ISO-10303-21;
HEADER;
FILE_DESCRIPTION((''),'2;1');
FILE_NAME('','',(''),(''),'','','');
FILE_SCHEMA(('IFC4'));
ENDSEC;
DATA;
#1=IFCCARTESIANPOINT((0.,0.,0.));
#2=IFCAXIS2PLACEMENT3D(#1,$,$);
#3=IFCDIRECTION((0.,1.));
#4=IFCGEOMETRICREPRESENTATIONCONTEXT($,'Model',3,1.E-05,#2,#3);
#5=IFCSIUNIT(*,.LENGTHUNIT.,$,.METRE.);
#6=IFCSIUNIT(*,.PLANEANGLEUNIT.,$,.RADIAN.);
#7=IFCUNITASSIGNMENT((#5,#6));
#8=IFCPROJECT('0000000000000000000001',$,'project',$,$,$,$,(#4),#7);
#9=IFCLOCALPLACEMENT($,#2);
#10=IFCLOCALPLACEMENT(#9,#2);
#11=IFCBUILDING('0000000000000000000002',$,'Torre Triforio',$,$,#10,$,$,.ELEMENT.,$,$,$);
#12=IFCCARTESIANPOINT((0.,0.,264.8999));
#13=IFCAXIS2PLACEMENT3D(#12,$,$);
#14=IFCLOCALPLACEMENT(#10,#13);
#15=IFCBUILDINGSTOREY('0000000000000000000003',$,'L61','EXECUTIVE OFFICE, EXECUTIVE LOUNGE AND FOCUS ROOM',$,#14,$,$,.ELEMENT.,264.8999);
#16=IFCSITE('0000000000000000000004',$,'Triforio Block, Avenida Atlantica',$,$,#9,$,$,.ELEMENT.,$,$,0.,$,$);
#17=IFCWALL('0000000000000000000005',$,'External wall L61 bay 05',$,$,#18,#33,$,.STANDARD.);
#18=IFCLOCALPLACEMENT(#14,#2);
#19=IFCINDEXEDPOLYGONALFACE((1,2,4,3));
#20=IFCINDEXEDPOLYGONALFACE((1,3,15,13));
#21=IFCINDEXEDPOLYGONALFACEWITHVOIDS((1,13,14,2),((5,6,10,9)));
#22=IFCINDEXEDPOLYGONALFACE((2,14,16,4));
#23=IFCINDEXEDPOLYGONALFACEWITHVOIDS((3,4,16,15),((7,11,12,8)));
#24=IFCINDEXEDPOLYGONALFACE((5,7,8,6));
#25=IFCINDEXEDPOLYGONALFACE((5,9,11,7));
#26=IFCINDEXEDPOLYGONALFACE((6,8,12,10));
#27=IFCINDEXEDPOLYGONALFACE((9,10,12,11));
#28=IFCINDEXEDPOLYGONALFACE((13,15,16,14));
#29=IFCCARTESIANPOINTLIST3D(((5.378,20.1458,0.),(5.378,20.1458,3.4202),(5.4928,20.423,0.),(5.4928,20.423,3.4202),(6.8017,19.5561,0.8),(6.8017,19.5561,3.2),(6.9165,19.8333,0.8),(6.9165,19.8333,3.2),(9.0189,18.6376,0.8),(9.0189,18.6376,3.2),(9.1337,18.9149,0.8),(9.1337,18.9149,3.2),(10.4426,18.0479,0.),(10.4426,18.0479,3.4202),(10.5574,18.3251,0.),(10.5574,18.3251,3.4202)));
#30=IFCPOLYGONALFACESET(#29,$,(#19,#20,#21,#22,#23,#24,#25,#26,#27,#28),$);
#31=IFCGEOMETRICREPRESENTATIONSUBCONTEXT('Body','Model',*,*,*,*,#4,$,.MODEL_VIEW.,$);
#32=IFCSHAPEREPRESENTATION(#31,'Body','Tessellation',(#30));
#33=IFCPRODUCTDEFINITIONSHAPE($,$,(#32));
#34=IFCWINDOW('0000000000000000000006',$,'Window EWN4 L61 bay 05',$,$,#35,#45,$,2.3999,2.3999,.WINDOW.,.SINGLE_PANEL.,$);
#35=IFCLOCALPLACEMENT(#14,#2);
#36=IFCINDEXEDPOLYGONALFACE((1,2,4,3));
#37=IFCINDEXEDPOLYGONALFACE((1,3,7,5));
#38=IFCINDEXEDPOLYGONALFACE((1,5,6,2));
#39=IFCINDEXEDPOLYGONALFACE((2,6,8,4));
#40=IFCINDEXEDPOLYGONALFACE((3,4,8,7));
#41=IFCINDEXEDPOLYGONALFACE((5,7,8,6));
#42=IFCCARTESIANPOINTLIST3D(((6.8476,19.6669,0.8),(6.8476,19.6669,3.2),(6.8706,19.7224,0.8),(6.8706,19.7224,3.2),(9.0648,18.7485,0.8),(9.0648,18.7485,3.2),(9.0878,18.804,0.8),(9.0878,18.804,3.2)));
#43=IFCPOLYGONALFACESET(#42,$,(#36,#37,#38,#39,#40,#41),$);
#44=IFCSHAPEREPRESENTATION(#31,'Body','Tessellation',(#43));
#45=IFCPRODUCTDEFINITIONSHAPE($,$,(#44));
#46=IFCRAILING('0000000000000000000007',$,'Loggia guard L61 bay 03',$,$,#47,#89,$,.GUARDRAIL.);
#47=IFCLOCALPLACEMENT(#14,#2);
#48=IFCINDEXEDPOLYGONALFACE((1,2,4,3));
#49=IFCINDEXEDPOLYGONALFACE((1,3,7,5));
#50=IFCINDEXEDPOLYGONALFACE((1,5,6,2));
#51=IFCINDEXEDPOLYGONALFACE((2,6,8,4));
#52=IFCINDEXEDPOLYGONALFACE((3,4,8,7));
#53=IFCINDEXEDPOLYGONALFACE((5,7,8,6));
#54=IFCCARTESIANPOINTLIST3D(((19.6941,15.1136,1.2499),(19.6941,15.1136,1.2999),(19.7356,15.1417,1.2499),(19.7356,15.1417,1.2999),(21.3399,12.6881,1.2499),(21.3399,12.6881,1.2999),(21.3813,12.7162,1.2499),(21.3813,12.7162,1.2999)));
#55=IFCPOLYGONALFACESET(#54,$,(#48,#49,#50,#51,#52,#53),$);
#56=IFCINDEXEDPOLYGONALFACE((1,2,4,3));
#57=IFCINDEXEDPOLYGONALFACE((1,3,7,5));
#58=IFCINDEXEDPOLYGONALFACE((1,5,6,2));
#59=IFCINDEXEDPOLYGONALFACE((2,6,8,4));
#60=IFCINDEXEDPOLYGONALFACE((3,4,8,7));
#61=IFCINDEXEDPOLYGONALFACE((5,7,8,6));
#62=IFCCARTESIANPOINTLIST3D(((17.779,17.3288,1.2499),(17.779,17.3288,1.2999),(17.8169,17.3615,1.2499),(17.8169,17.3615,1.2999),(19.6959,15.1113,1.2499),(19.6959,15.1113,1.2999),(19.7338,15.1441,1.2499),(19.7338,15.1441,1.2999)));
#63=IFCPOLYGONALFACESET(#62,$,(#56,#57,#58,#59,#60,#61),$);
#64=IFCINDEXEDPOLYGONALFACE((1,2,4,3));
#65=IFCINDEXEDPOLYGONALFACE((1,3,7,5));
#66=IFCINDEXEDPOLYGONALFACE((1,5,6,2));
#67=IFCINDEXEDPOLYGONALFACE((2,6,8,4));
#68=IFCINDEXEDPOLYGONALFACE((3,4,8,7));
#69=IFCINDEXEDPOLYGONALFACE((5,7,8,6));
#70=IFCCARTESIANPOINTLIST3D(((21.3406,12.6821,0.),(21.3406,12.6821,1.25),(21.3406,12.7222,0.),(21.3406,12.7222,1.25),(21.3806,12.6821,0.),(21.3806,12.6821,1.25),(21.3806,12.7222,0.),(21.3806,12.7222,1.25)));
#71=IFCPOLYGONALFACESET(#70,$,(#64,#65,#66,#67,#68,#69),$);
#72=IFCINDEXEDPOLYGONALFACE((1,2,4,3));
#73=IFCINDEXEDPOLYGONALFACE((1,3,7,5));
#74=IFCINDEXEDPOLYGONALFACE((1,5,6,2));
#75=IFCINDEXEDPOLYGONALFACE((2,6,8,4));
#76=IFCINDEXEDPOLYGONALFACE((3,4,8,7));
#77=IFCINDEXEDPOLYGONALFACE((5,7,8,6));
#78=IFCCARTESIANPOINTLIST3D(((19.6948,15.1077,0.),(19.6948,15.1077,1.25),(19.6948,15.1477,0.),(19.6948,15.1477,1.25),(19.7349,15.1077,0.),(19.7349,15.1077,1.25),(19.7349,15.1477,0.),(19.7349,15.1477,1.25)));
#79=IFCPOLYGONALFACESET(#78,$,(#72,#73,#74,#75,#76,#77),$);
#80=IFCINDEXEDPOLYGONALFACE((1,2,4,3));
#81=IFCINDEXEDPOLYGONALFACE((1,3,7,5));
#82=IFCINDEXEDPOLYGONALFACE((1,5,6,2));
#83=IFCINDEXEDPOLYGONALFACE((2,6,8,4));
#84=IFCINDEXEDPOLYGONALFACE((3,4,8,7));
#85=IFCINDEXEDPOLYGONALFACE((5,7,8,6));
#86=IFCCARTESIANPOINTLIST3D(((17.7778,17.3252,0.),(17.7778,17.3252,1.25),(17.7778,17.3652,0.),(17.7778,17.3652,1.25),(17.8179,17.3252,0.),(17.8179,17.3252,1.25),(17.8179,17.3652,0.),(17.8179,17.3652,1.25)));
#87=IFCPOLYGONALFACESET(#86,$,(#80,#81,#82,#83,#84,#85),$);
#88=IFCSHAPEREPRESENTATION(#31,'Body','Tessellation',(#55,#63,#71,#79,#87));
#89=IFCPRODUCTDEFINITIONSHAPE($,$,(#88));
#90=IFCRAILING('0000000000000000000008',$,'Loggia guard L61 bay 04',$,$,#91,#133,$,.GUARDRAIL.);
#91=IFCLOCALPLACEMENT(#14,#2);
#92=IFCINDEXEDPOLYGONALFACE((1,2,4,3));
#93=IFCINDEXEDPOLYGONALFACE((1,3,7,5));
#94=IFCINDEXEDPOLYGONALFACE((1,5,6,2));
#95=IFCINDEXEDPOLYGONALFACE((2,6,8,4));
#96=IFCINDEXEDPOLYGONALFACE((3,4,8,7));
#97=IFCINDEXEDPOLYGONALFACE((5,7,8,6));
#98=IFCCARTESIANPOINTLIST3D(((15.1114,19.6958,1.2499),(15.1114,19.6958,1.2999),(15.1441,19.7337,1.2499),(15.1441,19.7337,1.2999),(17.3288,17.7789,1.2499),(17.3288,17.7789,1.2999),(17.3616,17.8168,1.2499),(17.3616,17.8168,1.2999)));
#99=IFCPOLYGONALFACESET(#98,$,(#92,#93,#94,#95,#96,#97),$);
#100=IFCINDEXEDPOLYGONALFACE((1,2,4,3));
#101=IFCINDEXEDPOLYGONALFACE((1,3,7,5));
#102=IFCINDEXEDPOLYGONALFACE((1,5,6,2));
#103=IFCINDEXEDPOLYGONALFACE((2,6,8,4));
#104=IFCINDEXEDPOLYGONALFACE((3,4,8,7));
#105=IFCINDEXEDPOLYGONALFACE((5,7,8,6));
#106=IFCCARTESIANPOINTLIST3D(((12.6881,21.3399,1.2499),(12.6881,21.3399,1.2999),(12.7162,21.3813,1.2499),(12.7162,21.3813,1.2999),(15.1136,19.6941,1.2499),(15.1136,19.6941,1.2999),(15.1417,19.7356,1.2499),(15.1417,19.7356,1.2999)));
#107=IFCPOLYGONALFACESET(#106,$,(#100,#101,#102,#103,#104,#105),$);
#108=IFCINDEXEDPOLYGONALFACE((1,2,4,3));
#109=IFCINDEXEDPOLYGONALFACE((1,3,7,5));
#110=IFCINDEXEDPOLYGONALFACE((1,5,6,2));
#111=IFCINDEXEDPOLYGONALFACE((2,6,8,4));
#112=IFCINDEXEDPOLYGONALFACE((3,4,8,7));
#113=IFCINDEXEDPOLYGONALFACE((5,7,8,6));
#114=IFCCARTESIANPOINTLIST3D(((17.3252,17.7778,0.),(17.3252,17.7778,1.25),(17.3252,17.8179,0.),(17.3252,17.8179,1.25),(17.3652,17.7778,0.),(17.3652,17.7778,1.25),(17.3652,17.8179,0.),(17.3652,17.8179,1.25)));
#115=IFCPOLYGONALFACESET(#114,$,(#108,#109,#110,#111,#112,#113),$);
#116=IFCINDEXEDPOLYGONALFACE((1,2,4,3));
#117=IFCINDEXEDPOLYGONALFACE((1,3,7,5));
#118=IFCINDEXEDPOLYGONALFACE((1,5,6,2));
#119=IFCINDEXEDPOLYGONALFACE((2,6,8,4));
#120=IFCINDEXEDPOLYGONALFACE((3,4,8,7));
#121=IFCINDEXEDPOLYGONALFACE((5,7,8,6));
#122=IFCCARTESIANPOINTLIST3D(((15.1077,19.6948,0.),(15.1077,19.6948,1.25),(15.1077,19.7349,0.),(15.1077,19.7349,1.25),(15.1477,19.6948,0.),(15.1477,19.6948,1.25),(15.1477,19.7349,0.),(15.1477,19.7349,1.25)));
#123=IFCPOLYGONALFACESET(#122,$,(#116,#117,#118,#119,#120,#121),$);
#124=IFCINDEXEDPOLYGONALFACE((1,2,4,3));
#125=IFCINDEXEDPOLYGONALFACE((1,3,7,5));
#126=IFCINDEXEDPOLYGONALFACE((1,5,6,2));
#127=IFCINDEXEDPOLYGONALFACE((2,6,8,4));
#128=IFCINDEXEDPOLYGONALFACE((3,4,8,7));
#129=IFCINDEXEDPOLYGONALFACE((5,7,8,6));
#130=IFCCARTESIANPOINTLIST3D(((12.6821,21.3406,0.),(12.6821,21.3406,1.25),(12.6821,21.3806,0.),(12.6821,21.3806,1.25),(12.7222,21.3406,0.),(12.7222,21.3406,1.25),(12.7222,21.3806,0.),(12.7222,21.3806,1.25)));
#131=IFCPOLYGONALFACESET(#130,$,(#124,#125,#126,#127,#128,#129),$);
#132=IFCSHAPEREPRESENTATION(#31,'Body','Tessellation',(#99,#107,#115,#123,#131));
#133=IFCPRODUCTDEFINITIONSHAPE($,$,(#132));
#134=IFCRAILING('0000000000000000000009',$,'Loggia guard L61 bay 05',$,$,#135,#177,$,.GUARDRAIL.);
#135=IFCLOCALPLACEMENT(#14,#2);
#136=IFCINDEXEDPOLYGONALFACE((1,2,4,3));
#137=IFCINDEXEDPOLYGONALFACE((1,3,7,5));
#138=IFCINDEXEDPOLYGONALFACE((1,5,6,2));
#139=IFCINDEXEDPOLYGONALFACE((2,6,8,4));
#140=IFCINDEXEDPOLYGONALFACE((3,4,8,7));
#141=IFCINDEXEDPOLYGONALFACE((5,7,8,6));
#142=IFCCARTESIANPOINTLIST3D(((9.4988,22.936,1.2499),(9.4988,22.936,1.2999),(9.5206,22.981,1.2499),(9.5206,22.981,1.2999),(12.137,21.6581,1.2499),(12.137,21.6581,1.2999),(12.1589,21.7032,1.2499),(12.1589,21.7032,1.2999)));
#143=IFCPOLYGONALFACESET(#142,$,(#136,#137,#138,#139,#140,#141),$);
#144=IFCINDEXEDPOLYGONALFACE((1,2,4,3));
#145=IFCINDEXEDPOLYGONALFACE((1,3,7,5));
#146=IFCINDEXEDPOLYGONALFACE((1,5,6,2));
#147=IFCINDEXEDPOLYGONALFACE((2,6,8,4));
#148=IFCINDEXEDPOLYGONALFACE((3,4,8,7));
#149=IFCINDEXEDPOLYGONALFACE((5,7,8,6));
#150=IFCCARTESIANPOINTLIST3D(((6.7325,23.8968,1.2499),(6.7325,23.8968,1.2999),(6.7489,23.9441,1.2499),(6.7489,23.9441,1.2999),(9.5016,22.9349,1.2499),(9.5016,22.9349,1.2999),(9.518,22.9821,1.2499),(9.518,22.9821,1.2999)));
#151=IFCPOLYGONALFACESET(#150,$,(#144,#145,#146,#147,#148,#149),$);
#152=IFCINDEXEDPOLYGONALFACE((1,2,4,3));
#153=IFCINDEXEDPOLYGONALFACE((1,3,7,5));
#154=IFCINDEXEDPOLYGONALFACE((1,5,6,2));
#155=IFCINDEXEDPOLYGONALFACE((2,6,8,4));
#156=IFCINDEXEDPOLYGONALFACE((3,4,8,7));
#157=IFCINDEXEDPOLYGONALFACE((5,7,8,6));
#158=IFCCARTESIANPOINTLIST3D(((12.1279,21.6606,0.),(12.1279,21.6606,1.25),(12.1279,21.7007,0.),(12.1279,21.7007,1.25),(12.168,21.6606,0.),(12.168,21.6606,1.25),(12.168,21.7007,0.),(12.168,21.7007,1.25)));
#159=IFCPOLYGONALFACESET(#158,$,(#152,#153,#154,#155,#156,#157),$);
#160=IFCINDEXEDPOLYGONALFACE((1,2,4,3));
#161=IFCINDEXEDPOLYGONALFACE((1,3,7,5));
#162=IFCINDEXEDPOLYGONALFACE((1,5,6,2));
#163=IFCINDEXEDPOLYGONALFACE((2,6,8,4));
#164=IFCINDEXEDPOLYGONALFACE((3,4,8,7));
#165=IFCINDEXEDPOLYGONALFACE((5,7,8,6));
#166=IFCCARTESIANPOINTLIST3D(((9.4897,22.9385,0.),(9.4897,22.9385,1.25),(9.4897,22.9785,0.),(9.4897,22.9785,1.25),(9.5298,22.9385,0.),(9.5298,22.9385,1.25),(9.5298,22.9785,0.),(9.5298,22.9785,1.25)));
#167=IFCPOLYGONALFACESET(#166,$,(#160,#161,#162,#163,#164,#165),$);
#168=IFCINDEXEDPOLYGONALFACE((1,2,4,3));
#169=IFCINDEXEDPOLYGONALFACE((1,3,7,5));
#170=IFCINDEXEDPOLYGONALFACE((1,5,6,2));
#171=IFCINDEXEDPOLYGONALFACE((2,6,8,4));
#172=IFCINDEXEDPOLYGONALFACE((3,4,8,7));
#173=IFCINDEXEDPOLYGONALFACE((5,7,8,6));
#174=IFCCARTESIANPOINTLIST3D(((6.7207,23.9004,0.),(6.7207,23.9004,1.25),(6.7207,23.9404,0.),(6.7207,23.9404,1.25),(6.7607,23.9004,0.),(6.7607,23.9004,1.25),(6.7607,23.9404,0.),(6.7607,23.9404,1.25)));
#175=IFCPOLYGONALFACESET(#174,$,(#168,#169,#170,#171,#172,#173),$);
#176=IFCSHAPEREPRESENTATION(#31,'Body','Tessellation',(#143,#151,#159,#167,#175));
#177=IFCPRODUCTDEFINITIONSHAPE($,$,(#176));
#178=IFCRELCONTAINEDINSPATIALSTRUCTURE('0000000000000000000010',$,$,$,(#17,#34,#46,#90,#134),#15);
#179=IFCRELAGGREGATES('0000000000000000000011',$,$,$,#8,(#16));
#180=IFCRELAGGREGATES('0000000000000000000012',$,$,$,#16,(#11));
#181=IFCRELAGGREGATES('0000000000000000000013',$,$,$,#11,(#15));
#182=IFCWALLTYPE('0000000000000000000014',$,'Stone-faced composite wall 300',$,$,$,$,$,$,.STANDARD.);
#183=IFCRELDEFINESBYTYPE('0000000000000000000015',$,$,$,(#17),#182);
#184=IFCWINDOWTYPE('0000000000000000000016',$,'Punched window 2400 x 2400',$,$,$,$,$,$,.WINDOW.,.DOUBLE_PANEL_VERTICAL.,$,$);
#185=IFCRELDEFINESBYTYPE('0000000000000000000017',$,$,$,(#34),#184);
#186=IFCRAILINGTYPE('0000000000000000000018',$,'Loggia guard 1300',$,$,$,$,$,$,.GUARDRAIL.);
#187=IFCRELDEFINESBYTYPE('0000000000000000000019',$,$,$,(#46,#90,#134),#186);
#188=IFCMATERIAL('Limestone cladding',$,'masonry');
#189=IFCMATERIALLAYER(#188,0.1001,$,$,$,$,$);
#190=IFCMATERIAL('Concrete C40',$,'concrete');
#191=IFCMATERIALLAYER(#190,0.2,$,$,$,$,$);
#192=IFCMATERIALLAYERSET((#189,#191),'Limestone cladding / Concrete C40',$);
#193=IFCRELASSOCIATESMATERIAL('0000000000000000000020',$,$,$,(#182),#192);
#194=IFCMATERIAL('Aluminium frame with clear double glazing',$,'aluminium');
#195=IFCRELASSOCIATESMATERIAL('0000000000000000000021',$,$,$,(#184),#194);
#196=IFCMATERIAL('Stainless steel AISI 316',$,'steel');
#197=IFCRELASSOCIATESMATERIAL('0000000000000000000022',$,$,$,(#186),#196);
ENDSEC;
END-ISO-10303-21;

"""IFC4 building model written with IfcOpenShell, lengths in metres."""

from ifc_helpers import new_model, si_unit, direction, frame, frame_2d, origin, origin_2d, place, context, subcontext, project, spatial, rectangle, extrude, material, layer, layer_set, type_object, element, fill, save


model = new_model("IFC4")

# Units and contexts
model_context = context("Model", 3, precision=1e-05, world=origin(), true_north=direction((0.0, 1.0)))
body_context = subcontext(model_context, "Body", "Model", "MODEL_VIEW")
ifc_project = project(units=[si_unit("LENGTHUNIT", "METRE"), si_unit("PLANEANGLEUNIT", "RADIAN")], contexts=[model_context])

# Site, building, storey
site_placement = place(None, origin())
site = spatial("IfcSite", under=ifc_project, at=site_placement, Name="Triforio Block, Avenida Atlantica", CompositionType="ELEMENT", RefElevation=0.0)
building_placement = place(site_placement, origin())
building = spatial("IfcBuilding", under=site, at=building_placement, Name="Torre Triforio", CompositionType="ELEMENT")
storey_placement = place(building_placement, frame((0.0, 0.0, 264.8999)))
storey = spatial("IfcBuildingStorey", under=building, at=storey_placement, Name="L61", Description="EXECUTIVE OFFICE, EXECUTIVE LOUNGE AND FOCUS ROOM", CompositionType="ELEMENT", Elevation=264.8999)

# Shared definitions
ifc_material_1 = material(Name="Concrete C40", Category="concrete")

# Shared definitions
ifc_material_2 = material(Name="Limestone cladding", Category="masonry")

# Shared definitions
ifc_layer_1 = layer(ifc_material_2, 0.1001)
ifc_layer_2 = layer(ifc_material_1, 0.2)
ifc_layer_set_1 = layer_set([ifc_layer_1, ifc_layer_2], Name="Limestone cladding / Concrete C40")
wall_type_1 = type_object("IfcWallType", Name="Stone-faced composite wall 300", PredefinedType="STANDARD", material=ifc_layer_set_1)
ifc_material_3 = material(Name="Aluminium frame with clear double glazing", Category="aluminium")
window_type_1 = type_object("IfcWindowType", Name="Punched window 2400 x 2400", PartitioningType="DOUBLE_PANEL_VERTICAL", PredefinedType="WINDOW", material=ifc_material_3)

# Wall, opening, window
wall_1_placement = place(storey_placement, frame((10.5, 18.1865, 0.0), z_axis=(0.0, 0.0, 1.0), x_axis=(-0.923877, 0.382689, 0.0)))
wall_1 = element("IfcWall", 1, at=wall_1_placement, inside=storey, type_object=wall_type_1, Name="External wall L61 bay 05", PredefinedType="STANDARD", context=body_context, shape_type="SweptSolid", body=[
    extrude(rectangle(XDim=5.4819, YDim=0.3, at=frame_2d((2.741, 0.0))), origin(), (0.0, 0.0, 1.0), 3.4202),
])
opening_1_placement = place(wall_1_placement, frame((1.541, 0.0, 0.8)))
opening_1 = element("IfcOpeningElement", 2, at=opening_1_placement, cuts=wall_1, PredefinedType="OPENING", context=body_context, shape_type="SweptSolid", body=[
    extrude(rectangle(XDim=2.3999, YDim=2.3999, at=frame_2d((1.2, 1.2))), frame((0.0, 0.1599, 0.0), z_axis=(0.0, -1.0, 0.0), x_axis=(1.0, 0.0, 0.0)), (0.0, 0.0, 1.0), 0.3201),
])
window_1_placement = place(opening_1_placement, origin())
window_1 = element("IfcWindow", 3, at=window_1_placement, inside=storey, type_object=window_type_1, Name="Window EWN4 L61 bay 05", OverallHeight=2.3999, OverallWidth=2.3999, PartitioningType="SINGLE_PANEL", PredefinedType="WINDOW", context=body_context, shape_type="SweptSolid", body=[
    extrude(rectangle(XDim=2.3999, YDim=2.3999, at=frame_2d((1.2, 1.2))), frame((0.0, 0.03, 0.0), z_axis=(0.0, -1.0, 0.0), x_axis=(1.0, 0.0, 0.0)), (0.0, 0.0, 1.0), 0.0601),
])
fill(opening_1, window_1)

# Railings
ifc_material_4 = material(Name="Stainless steel AISI 316", Category="steel")
railing_type = type_object("IfcRailingType", Name="Loggia guard 1300", PredefinedType="GUARDRAIL", material=ifc_material_4)
railing_1_placement = place(storey_placement, frame((21.3606, 12.7021, 0.0)))
element("IfcRailing", 4, at=railing_1_placement, inside=storey, type_object=railing_type, Name="Loggia guard L61 bay 03", PredefinedType="GUARDRAIL", context=body_context, shape_type="SweptSolid", body=[
    extrude(rectangle(XDim=0.05, YDim=0.05, at=origin_2d()), frame((0.0, 0.0, 1.2749), z_axis=(-0.561467, 0.827499, 0.0), x_axis=(-0.827499, -0.561467, 0.0)), (0.0, 0.0, 1.0), 2.9312),
    extrude(rectangle(XDim=0.05, YDim=0.05, at=origin_2d()), frame((-1.6458, 2.4255, 1.2749), z_axis=(-0.653982, 0.75651, 0.0), x_axis=(-0.75651, -0.653982, 0.0)), (0.0, 0.0, 1.0), 2.9312),
    extrude(rectangle(XDim=0.04, YDim=0.04, at=origin_2d()), origin(), (0.0, 0.0, 1.0), 1.25),
    extrude(rectangle(XDim=0.04, YDim=0.04, at=origin_2d()), frame((-1.6458, 2.4255, 0.0)), (0.0, 0.0, 1.0), 1.25),
    extrude(rectangle(XDim=0.04, YDim=0.04, at=origin_2d()), frame((-3.5627, 4.6431, 0.0)), (0.0, 0.0, 1.0), 1.25),
])
railing_2_placement = place(storey_placement, frame((17.3452, 17.7979, 0.0)))
element("IfcRailing", 5, at=railing_2_placement, inside=storey, type_object=railing_type, Name="Loggia guard L61 bay 04", PredefinedType="GUARDRAIL", context=body_context, shape_type="SweptSolid", body=[
    extrude(rectangle(XDim=0.05, YDim=0.05, at=origin_2d()), frame((0.0, 0.0, 1.2749), z_axis=(-0.75651, 0.653982, 0.0), x_axis=(-0.653982, -0.75651, 0.0)), (0.0, 0.0, 1.0), 2.9312),
    extrude(rectangle(XDim=0.05, YDim=0.05, at=origin_2d()), frame((-2.2175, 1.917, 1.2749), z_axis=(-0.827499, 0.561467, 0.0), x_axis=(-0.561467, -0.827499, 0.0)), (0.0, 0.0, 1.0), 2.9312),
    extrude(rectangle(XDim=0.04, YDim=0.04, at=origin_2d()), origin(), (0.0, 0.0, 1.0), 1.25),
    extrude(rectangle(XDim=0.04, YDim=0.04, at=origin_2d()), frame((-2.2175, 1.917, 0.0)), (0.0, 0.0, 1.0), 1.25),
    extrude(rectangle(XDim=0.04, YDim=0.04, at=origin_2d()), frame((-4.6431, 3.5627, 0.0)), (0.0, 0.0, 1.0), 1.25),
])
railing_3_placement = place(storey_placement, frame((12.1479, 21.6807, 0.0)))
element("IfcRailing", 6, at=railing_3_placement, inside=storey, type_object=railing_type, Name="Loggia guard L61 bay 05", PredefinedType="GUARDRAIL", context=body_context, shape_type="SweptSolid", body=[
    extrude(rectangle(XDim=0.05, YDim=0.05, at=origin_2d()), frame((0.0, 0.0, 1.2749), z_axis=(-0.899986, 0.435918, 0.0), x_axis=(-0.435918, -0.899986, 0.0)), (0.0, 0.0, 1.0), 2.9314),
    extrude(rectangle(XDim=0.05, YDim=0.05, at=origin_2d()), frame((-2.6382, 1.2778, 1.2749), z_axis=(-0.944627, 0.328146, 0.0), x_axis=(-0.328146, -0.944627, 0.0)), (0.0, 0.0, 1.0), 2.9314),
    extrude(rectangle(XDim=0.04, YDim=0.04, at=origin_2d()), origin(), (0.0, 0.0, 1.0), 1.25),
    extrude(rectangle(XDim=0.04, YDim=0.04, at=origin_2d()), frame((-2.6382, 1.2778, 0.0)), (0.0, 0.0, 1.0), 1.25),
    extrude(rectangle(XDim=0.04, YDim=0.04, at=origin_2d()), frame((-5.4072, 2.2397, 0.0)), (0.0, 0.0, 1.0), 1.25),
])

save(model, "model.ifc")
